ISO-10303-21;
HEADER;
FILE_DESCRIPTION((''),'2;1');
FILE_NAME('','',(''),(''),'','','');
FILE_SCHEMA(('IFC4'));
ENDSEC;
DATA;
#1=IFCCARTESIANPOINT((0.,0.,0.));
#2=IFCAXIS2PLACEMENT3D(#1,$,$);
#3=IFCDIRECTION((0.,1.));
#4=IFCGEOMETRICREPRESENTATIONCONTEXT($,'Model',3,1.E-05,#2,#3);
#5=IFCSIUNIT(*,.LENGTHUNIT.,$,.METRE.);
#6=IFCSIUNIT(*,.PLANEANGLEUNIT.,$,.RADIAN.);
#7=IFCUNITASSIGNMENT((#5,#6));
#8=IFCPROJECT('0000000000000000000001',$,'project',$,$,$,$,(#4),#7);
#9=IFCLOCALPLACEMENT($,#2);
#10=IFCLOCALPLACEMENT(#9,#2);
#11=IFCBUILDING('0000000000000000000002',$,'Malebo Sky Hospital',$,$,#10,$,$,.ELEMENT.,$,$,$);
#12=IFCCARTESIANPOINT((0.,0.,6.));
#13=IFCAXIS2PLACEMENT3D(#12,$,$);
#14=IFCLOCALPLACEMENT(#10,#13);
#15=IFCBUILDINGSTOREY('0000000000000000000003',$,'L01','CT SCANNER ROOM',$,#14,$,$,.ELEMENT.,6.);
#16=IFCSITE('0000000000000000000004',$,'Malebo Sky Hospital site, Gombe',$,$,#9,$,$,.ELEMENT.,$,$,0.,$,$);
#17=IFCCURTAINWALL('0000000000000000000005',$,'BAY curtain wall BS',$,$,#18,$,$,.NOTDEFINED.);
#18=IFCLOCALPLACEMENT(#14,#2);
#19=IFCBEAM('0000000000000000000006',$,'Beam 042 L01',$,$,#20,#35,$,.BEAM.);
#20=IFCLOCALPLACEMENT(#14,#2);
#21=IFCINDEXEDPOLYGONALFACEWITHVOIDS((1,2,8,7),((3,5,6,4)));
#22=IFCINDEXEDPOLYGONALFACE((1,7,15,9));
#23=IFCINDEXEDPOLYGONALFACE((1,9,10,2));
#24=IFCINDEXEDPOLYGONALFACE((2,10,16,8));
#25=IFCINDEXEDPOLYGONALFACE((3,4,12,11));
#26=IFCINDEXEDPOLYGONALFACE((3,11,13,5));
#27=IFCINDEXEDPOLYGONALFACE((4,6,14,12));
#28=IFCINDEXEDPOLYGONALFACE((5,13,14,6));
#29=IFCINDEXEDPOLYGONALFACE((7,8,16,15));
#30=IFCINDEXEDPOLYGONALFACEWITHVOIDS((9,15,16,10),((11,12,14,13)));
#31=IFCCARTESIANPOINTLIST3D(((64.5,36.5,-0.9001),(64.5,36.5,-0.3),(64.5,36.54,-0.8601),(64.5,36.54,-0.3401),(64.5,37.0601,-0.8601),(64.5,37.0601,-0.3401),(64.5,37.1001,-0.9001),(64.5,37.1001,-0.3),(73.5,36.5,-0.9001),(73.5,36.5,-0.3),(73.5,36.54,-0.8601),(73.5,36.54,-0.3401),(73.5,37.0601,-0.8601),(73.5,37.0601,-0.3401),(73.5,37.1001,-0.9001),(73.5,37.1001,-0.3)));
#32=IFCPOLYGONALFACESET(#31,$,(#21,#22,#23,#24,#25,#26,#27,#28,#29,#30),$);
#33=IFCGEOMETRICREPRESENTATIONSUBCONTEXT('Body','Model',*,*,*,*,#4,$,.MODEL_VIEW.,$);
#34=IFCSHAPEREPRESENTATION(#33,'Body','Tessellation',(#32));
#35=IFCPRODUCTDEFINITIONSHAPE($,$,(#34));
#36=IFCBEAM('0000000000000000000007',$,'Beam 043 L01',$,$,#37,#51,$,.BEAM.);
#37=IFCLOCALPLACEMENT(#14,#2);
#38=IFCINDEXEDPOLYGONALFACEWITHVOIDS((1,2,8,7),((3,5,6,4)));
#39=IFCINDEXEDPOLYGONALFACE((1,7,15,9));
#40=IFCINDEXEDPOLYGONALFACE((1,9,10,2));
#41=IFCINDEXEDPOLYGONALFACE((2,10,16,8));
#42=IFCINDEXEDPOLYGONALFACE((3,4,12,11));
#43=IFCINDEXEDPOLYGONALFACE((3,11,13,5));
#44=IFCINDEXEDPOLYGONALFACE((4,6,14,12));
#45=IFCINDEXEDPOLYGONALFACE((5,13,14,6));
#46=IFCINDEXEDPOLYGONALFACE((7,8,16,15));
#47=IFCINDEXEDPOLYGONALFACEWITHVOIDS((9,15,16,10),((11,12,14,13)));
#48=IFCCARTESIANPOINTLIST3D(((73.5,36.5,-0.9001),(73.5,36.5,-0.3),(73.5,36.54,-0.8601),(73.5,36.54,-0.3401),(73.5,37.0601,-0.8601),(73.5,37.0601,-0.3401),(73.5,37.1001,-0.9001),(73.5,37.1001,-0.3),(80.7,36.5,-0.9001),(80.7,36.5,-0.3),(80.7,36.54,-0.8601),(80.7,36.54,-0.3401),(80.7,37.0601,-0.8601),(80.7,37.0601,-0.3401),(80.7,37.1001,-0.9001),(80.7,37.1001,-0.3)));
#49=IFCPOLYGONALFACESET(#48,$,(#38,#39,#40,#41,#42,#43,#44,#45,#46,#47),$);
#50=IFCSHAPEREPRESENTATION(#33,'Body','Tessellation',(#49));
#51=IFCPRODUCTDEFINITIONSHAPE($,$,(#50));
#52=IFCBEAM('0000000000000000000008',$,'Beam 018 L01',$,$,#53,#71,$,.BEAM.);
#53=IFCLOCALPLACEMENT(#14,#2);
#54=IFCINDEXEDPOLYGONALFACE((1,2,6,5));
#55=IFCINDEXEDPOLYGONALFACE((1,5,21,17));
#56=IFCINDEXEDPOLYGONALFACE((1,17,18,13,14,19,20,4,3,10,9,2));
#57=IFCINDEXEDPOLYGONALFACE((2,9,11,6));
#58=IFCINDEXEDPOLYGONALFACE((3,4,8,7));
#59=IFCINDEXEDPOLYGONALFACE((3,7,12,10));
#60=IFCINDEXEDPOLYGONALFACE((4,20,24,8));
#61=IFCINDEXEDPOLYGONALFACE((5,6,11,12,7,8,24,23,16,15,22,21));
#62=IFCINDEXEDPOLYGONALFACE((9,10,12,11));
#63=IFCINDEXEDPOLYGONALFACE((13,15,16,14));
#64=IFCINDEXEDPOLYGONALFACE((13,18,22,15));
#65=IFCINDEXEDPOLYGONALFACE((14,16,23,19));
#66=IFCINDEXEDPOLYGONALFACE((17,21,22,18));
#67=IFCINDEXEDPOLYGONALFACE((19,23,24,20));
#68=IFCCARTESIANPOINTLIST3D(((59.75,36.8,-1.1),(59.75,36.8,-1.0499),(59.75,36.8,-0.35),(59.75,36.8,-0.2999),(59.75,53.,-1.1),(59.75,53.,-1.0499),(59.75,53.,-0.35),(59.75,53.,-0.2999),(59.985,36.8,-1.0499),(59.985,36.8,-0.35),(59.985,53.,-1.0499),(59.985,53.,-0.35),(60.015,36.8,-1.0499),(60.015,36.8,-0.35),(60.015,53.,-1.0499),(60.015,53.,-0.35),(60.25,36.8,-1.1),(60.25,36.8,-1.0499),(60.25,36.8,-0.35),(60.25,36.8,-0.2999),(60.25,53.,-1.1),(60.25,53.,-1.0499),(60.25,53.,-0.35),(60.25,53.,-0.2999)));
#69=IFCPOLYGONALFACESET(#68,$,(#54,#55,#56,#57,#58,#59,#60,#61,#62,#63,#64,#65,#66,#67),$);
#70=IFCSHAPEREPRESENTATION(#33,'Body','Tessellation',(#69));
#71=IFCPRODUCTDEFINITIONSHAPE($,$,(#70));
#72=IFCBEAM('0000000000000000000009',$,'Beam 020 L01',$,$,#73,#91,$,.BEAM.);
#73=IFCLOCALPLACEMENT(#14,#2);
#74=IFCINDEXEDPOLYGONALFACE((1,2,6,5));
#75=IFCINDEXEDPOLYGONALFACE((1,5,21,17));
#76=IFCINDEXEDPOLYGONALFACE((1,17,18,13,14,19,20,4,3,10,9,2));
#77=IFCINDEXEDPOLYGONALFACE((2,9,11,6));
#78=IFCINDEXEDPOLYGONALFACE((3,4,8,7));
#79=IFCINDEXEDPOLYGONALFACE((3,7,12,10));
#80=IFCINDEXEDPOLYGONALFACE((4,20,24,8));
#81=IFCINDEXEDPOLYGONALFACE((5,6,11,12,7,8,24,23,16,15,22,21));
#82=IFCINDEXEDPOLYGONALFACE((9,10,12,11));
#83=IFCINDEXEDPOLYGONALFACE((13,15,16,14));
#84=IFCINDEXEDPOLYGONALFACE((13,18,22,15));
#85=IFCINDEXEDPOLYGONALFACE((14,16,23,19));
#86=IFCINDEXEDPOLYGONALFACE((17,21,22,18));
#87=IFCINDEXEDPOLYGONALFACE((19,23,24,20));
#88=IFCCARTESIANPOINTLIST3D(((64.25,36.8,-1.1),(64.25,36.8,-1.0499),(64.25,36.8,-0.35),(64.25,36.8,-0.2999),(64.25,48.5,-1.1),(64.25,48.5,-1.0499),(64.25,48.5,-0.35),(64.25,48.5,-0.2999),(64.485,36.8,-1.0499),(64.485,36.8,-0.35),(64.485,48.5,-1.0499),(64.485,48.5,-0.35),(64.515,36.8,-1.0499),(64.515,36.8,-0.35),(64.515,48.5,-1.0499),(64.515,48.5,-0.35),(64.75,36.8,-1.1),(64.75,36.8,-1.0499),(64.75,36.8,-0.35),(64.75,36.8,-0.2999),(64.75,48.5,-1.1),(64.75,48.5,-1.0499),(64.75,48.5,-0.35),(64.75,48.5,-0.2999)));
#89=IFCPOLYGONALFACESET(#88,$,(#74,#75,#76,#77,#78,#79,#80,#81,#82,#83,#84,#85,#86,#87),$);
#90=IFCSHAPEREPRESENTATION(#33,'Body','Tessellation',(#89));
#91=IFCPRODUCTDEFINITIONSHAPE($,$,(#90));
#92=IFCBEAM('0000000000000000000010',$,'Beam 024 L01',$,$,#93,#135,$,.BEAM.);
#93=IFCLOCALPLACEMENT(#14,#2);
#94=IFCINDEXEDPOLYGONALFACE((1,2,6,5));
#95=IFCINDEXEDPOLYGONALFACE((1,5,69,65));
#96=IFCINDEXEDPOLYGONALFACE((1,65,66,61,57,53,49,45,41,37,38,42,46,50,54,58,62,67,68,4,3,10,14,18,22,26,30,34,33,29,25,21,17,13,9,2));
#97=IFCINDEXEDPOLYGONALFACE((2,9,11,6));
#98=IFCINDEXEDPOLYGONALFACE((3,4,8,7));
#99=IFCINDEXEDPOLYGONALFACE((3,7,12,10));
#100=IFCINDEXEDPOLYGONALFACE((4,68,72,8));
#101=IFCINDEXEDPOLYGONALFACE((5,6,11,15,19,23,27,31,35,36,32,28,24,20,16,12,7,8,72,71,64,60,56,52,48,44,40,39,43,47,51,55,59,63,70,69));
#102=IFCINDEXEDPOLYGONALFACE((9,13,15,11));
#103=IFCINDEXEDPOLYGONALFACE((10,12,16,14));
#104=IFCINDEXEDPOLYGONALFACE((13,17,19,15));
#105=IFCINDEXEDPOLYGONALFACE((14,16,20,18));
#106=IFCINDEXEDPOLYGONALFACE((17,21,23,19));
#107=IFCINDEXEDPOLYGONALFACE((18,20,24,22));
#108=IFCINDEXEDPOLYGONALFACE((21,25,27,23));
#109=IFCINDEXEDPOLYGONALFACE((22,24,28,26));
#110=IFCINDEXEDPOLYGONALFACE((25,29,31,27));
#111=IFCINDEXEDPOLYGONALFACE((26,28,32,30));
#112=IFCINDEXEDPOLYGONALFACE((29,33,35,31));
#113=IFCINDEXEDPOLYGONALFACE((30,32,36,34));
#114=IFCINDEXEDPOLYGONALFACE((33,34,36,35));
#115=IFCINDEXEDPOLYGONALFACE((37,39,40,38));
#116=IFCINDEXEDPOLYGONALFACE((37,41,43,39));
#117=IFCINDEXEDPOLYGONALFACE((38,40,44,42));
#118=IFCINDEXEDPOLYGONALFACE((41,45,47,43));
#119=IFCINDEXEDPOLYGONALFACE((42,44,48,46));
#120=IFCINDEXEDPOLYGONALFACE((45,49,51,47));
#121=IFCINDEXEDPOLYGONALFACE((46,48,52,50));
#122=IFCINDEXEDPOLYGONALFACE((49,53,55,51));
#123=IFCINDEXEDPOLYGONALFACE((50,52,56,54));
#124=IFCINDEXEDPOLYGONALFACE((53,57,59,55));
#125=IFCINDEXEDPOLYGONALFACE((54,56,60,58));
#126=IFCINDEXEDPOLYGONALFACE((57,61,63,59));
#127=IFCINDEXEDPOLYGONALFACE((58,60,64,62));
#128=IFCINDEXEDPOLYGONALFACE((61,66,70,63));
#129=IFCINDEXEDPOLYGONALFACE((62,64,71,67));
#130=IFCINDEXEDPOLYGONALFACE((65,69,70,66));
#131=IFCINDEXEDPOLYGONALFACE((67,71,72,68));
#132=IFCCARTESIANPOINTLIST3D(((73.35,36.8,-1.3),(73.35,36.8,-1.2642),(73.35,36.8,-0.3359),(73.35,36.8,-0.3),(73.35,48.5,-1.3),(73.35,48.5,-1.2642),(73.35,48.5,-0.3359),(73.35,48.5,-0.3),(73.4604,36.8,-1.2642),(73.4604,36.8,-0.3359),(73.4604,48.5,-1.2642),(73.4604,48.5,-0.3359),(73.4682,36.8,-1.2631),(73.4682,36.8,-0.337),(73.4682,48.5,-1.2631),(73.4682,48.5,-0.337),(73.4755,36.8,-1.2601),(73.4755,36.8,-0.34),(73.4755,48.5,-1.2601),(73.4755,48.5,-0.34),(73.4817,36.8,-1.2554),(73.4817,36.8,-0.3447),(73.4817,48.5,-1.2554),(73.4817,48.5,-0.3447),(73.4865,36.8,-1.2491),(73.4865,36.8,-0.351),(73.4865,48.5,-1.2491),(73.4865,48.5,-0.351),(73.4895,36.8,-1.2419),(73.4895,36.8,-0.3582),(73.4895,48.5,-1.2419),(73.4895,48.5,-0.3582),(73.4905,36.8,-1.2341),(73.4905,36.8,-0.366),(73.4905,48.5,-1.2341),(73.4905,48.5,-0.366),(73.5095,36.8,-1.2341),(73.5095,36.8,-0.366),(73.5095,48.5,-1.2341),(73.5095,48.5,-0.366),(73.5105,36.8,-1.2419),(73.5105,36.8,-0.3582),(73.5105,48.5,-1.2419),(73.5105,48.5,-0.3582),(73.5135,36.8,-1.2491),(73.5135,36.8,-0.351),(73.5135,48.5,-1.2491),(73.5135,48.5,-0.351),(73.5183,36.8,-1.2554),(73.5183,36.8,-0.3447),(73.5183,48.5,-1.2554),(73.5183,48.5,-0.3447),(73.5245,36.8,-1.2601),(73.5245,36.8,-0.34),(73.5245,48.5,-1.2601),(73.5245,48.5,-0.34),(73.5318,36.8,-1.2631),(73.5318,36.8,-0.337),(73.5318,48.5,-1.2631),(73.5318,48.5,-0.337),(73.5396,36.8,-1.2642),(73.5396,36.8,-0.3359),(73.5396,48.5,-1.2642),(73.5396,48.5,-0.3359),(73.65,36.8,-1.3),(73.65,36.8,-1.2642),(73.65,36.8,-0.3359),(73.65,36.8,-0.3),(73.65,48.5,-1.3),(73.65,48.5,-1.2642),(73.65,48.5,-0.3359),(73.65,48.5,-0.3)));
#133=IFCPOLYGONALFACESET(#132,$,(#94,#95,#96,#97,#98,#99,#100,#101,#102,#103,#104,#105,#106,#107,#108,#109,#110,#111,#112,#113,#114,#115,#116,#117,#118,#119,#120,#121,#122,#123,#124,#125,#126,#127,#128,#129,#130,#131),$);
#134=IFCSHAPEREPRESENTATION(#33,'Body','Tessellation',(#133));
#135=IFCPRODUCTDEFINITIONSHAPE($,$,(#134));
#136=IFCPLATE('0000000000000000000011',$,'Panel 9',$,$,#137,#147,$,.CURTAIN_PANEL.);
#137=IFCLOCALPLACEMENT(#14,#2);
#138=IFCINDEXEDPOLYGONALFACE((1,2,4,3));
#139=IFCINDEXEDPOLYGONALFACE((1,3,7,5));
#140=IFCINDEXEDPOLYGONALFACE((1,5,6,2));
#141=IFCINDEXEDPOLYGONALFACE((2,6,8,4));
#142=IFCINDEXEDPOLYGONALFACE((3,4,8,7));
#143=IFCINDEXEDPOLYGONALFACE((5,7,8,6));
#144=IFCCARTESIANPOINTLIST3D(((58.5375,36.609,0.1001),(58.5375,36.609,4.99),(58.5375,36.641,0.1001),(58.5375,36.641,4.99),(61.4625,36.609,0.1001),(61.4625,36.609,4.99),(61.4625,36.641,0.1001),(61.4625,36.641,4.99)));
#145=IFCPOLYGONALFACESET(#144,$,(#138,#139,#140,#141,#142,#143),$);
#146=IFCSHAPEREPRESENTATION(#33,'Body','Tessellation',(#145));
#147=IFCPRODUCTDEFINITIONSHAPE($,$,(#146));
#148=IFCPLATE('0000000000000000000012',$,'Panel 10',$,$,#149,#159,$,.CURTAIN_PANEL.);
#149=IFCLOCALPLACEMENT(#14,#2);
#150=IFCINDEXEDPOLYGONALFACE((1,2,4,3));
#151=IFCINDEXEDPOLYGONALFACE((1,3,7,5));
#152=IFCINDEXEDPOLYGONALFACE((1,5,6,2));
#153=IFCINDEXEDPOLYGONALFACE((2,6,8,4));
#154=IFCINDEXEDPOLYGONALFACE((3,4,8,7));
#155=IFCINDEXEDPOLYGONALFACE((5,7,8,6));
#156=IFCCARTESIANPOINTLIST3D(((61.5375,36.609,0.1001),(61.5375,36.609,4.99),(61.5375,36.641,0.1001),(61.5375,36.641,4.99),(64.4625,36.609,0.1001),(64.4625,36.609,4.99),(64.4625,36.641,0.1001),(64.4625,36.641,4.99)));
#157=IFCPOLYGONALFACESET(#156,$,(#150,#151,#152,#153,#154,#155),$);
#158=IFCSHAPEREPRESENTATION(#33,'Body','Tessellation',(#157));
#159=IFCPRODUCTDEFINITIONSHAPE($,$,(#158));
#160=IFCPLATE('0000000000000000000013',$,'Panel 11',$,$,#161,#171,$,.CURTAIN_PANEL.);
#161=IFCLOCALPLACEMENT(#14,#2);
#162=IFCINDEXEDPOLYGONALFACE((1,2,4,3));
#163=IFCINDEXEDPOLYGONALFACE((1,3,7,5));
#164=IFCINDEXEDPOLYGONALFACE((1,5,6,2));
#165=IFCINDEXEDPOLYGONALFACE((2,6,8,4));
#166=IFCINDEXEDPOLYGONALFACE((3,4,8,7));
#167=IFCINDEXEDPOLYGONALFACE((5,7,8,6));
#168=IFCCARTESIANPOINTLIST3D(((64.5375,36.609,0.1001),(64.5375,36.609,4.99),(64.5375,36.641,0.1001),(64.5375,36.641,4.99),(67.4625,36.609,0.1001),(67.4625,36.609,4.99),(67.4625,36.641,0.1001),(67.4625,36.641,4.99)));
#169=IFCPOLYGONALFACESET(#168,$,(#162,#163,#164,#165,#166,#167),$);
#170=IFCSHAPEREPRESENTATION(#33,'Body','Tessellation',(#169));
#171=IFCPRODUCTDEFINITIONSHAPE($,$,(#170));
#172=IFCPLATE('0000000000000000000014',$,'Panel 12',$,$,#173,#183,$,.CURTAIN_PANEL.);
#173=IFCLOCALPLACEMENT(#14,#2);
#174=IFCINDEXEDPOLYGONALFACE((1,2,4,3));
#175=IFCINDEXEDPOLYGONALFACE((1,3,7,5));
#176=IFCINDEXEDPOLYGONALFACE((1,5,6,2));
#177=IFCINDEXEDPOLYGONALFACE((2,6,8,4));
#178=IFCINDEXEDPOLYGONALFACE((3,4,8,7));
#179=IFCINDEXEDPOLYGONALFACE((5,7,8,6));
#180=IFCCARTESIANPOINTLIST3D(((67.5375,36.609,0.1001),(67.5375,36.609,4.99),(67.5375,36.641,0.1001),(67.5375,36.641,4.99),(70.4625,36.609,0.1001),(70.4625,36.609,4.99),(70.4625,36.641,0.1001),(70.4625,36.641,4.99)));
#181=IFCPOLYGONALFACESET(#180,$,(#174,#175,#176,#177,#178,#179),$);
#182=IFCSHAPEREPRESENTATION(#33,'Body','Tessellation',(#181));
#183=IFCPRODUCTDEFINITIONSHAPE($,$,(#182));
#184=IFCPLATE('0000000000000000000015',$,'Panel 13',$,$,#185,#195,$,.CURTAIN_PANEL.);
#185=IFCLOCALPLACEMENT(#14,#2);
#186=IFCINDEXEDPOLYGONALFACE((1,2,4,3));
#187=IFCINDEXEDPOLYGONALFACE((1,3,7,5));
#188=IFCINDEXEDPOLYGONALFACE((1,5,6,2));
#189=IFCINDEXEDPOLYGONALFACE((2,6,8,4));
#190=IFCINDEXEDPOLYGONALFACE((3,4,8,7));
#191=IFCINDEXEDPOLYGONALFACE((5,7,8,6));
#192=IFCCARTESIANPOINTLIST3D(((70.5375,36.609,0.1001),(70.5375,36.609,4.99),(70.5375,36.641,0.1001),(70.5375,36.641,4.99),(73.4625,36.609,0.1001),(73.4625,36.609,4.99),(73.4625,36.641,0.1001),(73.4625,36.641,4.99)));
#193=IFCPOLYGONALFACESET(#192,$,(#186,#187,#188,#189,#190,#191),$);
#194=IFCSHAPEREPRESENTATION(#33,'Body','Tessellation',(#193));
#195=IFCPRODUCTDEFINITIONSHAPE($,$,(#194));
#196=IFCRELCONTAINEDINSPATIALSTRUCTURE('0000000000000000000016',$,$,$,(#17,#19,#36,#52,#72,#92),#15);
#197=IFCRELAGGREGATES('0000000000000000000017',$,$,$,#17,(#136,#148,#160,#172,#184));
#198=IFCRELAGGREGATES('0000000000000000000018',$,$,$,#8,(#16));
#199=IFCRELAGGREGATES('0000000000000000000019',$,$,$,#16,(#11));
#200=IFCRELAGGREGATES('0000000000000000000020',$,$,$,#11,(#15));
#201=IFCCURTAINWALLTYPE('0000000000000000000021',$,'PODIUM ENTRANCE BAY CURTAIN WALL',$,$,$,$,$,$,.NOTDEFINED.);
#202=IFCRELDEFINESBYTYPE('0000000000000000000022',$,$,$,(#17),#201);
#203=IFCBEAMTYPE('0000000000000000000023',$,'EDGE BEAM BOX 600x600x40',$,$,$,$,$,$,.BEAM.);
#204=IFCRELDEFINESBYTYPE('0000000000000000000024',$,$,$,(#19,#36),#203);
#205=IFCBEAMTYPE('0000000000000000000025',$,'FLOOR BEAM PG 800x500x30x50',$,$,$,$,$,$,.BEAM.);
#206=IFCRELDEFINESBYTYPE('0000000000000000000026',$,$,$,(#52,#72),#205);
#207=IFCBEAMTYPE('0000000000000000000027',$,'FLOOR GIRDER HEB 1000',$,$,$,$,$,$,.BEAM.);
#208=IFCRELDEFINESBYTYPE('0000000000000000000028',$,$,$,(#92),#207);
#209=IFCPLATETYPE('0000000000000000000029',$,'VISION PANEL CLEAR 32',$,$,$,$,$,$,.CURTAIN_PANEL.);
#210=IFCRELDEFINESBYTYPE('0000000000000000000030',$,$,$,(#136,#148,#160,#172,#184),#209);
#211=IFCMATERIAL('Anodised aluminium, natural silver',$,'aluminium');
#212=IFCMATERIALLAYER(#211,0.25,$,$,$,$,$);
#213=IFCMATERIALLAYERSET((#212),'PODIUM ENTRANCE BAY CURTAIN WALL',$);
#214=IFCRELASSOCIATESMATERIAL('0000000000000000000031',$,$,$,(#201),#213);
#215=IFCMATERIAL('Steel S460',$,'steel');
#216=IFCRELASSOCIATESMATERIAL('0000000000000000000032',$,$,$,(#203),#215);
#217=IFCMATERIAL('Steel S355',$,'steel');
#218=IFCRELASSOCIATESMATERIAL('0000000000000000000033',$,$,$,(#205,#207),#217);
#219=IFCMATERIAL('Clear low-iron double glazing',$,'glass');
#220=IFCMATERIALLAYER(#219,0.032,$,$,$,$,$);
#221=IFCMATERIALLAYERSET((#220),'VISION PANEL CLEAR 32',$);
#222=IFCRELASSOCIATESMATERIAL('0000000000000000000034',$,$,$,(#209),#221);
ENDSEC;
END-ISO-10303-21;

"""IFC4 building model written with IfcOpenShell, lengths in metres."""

from ifc_helpers import new_model, si_unit, direction, frame, origin, origin_2d, place, context, subcontext, project, spatial, rectangle, hollow_rectangle, i_section, extrude, material, layer, layer_set, material_profile, profile_set, type_object, element, aggregate, save


model = new_model("IFC4")

# Units and contexts
model_context = context("Model", 3, precision=1e-05, world=origin(), true_north=direction((0.0, 1.0)))
body_context = subcontext(model_context, "Body", "Model", "MODEL_VIEW")
ifc_project = project(units=[si_unit("LENGTHUNIT", "METRE"), si_unit("PLANEANGLEUNIT", "RADIAN")], contexts=[model_context])

# Site, building, storey
site_placement = place(None, origin())
site = spatial("IfcSite", under=ifc_project, at=site_placement, Name="Malebo Sky Hospital site, Gombe", CompositionType="ELEMENT", RefElevation=0.0)
building_placement = place(site_placement, origin())
building = spatial("IfcBuilding", under=site, at=building_placement, Name="Malebo Sky Hospital", CompositionType="ELEMENT")
storey_placement = place(building_placement, frame((0.0, 0.0, 6.0)))
storey = spatial("IfcBuildingStorey", under=building, at=storey_placement, Name="L01", Description="CT SCANNER ROOM", CompositionType="ELEMENT", Elevation=6.0)

# Shared definitions
ifc_material_1 = material(Name="Steel S460", Category="steel")

# Curtain wall
ifc_material_2 = material(Name="Anodised aluminium, natural silver", Category="aluminium")
ifc_layer_1 = layer(ifc_material_2, 0.25)
ifc_layer_set_1 = layer_set([ifc_layer_1], Name="PODIUM ENTRANCE BAY CURTAIN WALL")
curtain_wall_type = type_object("IfcCurtainWallType", Name="PODIUM ENTRANCE BAY CURTAIN WALL", PredefinedType="NOTDEFINED", material=ifc_layer_set_1)
curtain_wall_placement = place(storey_placement, origin())
curtain_wall = element("IfcCurtainWall", 1, at=curtain_wall_placement, inside=storey, type_object=curtain_wall_type, Name="BAY curtain wall BS", PredefinedType="NOTDEFINED")

# Beams
ifc_material_profile_1 = material_profile(ifc_material_1, hollow_rectangle(XDim=0.6001, YDim=0.6001, WallThickness=0.04, at=origin_2d()), Name="BOX 600x600x40")
ifc_profile_set_1 = profile_set([ifc_material_profile_1], Name="Steel S460")
beam_type_1 = type_object("IfcBeamType", Name="EDGE BEAM BOX 600x600x40", PredefinedType="BEAM", material=ifc_profile_set_1)
beam_1_placement = place(storey_placement, frame((64.5, 36.8, -0.6001), z_axis=(1.0, 0.0, 0.0), x_axis=(0.0, 1.0, 0.0)))
element("IfcBeam", 2, at=beam_1_placement, inside=storey, type_object=beam_type_1, Name="Beam 042 L01", PredefinedType="BEAM", context=body_context, shape_type="SweptSolid", body=[
    extrude(hollow_rectangle(XDim=0.6001, YDim=0.6001, WallThickness=0.04, at=origin_2d()), origin(), (0.0, 0.0, 1.0), 9.0),
])
beam_2_placement = place(storey_placement, frame((73.5, 36.8, -0.6001), z_axis=(1.0, 0.0, 0.0), x_axis=(0.0, 1.0, 0.0)))
element("IfcBeam", 3, at=beam_2_placement, inside=storey, type_object=beam_type_1, Name="Beam 043 L01", PredefinedType="BEAM", context=body_context, shape_type="SweptSolid", body=[
    extrude(hollow_rectangle(XDim=0.6001, YDim=0.6001, WallThickness=0.04, at=origin_2d()), origin(), (0.0, 0.0, 1.0), 7.2),
])
ifc_material_3 = material(Name="Steel S355", Category="steel")
ifc_material_profile_2 = material_profile(ifc_material_3, i_section(OverallWidth=0.5, OverallDepth=0.8, WebThickness=0.03, FlangeThickness=0.05, at=origin_2d()), Name="PG 800x500x30x50")
ifc_profile_set_2 = profile_set([ifc_material_profile_2], Name="Steel S355")
beam_type_2 = type_object("IfcBeamType", Name="FLOOR BEAM PG 800x500x30x50", PredefinedType="BEAM", material=ifc_profile_set_2)
beam_3_placement = place(storey_placement, frame((60.0, 36.8, -0.7), z_axis=(0.0, 1.0, 0.0), x_axis=(-1.0, 0.0, 0.0)))
element("IfcBeam", 4, at=beam_3_placement, inside=storey, type_object=beam_type_2, Name="Beam 018 L01", PredefinedType="BEAM", context=body_context, shape_type="SweptSolid", body=[
    extrude(i_section(OverallWidth=0.5, OverallDepth=0.8, WebThickness=0.03, FlangeThickness=0.05, at=origin_2d()), origin(), (0.0, 0.0, 1.0), 16.2),
])
beam_4_placement = place(storey_placement, frame((64.5, 36.8, -0.7), z_axis=(0.0, 1.0, 0.0), x_axis=(-1.0, 0.0, 0.0)))
element("IfcBeam", 5, at=beam_4_placement, inside=storey, type_object=beam_type_2, Name="Beam 020 L01", PredefinedType="BEAM", context=body_context, shape_type="SweptSolid", body=[
    extrude(i_section(OverallWidth=0.5, OverallDepth=0.8, WebThickness=0.03, FlangeThickness=0.05, at=origin_2d()), origin(), (0.0, 0.0, 1.0), 11.7),
])
ifc_material_profile_3 = material_profile(ifc_material_3, i_section(OverallWidth=0.3, OverallDepth=1.0, WebThickness=0.019, FlangeThickness=0.0359, FilletRadius=0.03, at=origin_2d()), Name="HEB 1000")
ifc_profile_set_3 = profile_set([ifc_material_profile_3], Name="Steel S355")
beam_type_3 = type_object("IfcBeamType", Name="FLOOR GIRDER HEB 1000", PredefinedType="BEAM", material=ifc_profile_set_3)
beam_5_placement = place(storey_placement, frame((73.5, 36.8, -0.8), z_axis=(0.0, 1.0, 0.0), x_axis=(-1.0, 0.0, 0.0)))
element("IfcBeam", 6, at=beam_5_placement, inside=storey, type_object=beam_type_3, Name="Beam 024 L01", PredefinedType="BEAM", context=body_context, shape_type="SweptSolid", body=[
    extrude(i_section(OverallWidth=0.3, OverallDepth=1.0, WebThickness=0.019, FlangeThickness=0.0359, FilletRadius=0.03, at=origin_2d()), origin(), (0.0, 0.0, 1.0), 11.7),
])

# Plates
ifc_material_4 = material(Name="Clear low-iron double glazing", Category="glass")
ifc_layer_2 = layer(ifc_material_4, 0.032)
ifc_layer_set_2 = layer_set([ifc_layer_2], Name="VISION PANEL CLEAR 32")
plate_type = type_object("IfcPlateType", Name="VISION PANEL CLEAR 32", PredefinedType="CURTAIN_PANEL", material=ifc_layer_set_2)
plate_1_placement = place(storey_placement, frame((60.0, 36.625, 0.1001), z_axis=(0.0, 0.0, 1.0), x_axis=(1.0, 0.0, 0.0)))
plate_1 = element("IfcPlate", 7, at=plate_1_placement, type_object=plate_type, Name="Panel 9", PredefinedType="CURTAIN_PANEL", context=body_context, shape_type="SweptSolid", body=[
    extrude(rectangle(XDim=2.925, YDim=0.032, at=origin_2d()), origin(), (0.0, 0.0, 1.0), 4.8899),
])
plate_2_placement = place(storey_placement, frame((63.0, 36.625, 0.1001), z_axis=(0.0, 0.0, 1.0), x_axis=(1.0, 0.0, 0.0)))
plate_2 = element("IfcPlate", 8, at=plate_2_placement, type_object=plate_type, Name="Panel 10", PredefinedType="CURTAIN_PANEL", context=body_context, shape_type="SweptSolid", body=[
    extrude(rectangle(XDim=2.925, YDim=0.032, at=origin_2d()), origin(), (0.0, 0.0, 1.0), 4.8899),
])
plate_3_placement = place(storey_placement, frame((66.0, 36.625, 0.1001), z_axis=(0.0, 0.0, 1.0), x_axis=(1.0, 0.0, 0.0)))
plate_3 = element("IfcPlate", 9, at=plate_3_placement, type_object=plate_type, Name="Panel 11", PredefinedType="CURTAIN_PANEL", context=body_context, shape_type="SweptSolid", body=[
    extrude(rectangle(XDim=2.925, YDim=0.032, at=origin_2d()), origin(), (0.0, 0.0, 1.0), 4.8899),
])
plate_4_placement = place(storey_placement, frame((69.0, 36.625, 0.1001), z_axis=(0.0, 0.0, 1.0), x_axis=(1.0, 0.0, 0.0)))
plate_4 = element("IfcPlate", 10, at=plate_4_placement, type_object=plate_type, Name="Panel 12", PredefinedType="CURTAIN_PANEL", context=body_context, shape_type="SweptSolid", body=[
    extrude(rectangle(XDim=2.925, YDim=0.032, at=origin_2d()), origin(), (0.0, 0.0, 1.0), 4.8899),
])
plate_5_placement = place(storey_placement, frame((72.0, 36.625, 0.1001), z_axis=(0.0, 0.0, 1.0), x_axis=(1.0, 0.0, 0.0)))
plate_5 = element("IfcPlate", 11, at=plate_5_placement, type_object=plate_type, Name="Panel 13", PredefinedType="CURTAIN_PANEL", context=body_context, shape_type="SweptSolid", body=[
    extrude(rectangle(XDim=2.925, YDim=0.032, at=origin_2d()), origin(), (0.0, 0.0, 1.0), 4.8899),
])
aggregate(curtain_wall, [plate_1, plate_2, plate_3, plate_4, plate_5])

save(model, "model.ifc")
